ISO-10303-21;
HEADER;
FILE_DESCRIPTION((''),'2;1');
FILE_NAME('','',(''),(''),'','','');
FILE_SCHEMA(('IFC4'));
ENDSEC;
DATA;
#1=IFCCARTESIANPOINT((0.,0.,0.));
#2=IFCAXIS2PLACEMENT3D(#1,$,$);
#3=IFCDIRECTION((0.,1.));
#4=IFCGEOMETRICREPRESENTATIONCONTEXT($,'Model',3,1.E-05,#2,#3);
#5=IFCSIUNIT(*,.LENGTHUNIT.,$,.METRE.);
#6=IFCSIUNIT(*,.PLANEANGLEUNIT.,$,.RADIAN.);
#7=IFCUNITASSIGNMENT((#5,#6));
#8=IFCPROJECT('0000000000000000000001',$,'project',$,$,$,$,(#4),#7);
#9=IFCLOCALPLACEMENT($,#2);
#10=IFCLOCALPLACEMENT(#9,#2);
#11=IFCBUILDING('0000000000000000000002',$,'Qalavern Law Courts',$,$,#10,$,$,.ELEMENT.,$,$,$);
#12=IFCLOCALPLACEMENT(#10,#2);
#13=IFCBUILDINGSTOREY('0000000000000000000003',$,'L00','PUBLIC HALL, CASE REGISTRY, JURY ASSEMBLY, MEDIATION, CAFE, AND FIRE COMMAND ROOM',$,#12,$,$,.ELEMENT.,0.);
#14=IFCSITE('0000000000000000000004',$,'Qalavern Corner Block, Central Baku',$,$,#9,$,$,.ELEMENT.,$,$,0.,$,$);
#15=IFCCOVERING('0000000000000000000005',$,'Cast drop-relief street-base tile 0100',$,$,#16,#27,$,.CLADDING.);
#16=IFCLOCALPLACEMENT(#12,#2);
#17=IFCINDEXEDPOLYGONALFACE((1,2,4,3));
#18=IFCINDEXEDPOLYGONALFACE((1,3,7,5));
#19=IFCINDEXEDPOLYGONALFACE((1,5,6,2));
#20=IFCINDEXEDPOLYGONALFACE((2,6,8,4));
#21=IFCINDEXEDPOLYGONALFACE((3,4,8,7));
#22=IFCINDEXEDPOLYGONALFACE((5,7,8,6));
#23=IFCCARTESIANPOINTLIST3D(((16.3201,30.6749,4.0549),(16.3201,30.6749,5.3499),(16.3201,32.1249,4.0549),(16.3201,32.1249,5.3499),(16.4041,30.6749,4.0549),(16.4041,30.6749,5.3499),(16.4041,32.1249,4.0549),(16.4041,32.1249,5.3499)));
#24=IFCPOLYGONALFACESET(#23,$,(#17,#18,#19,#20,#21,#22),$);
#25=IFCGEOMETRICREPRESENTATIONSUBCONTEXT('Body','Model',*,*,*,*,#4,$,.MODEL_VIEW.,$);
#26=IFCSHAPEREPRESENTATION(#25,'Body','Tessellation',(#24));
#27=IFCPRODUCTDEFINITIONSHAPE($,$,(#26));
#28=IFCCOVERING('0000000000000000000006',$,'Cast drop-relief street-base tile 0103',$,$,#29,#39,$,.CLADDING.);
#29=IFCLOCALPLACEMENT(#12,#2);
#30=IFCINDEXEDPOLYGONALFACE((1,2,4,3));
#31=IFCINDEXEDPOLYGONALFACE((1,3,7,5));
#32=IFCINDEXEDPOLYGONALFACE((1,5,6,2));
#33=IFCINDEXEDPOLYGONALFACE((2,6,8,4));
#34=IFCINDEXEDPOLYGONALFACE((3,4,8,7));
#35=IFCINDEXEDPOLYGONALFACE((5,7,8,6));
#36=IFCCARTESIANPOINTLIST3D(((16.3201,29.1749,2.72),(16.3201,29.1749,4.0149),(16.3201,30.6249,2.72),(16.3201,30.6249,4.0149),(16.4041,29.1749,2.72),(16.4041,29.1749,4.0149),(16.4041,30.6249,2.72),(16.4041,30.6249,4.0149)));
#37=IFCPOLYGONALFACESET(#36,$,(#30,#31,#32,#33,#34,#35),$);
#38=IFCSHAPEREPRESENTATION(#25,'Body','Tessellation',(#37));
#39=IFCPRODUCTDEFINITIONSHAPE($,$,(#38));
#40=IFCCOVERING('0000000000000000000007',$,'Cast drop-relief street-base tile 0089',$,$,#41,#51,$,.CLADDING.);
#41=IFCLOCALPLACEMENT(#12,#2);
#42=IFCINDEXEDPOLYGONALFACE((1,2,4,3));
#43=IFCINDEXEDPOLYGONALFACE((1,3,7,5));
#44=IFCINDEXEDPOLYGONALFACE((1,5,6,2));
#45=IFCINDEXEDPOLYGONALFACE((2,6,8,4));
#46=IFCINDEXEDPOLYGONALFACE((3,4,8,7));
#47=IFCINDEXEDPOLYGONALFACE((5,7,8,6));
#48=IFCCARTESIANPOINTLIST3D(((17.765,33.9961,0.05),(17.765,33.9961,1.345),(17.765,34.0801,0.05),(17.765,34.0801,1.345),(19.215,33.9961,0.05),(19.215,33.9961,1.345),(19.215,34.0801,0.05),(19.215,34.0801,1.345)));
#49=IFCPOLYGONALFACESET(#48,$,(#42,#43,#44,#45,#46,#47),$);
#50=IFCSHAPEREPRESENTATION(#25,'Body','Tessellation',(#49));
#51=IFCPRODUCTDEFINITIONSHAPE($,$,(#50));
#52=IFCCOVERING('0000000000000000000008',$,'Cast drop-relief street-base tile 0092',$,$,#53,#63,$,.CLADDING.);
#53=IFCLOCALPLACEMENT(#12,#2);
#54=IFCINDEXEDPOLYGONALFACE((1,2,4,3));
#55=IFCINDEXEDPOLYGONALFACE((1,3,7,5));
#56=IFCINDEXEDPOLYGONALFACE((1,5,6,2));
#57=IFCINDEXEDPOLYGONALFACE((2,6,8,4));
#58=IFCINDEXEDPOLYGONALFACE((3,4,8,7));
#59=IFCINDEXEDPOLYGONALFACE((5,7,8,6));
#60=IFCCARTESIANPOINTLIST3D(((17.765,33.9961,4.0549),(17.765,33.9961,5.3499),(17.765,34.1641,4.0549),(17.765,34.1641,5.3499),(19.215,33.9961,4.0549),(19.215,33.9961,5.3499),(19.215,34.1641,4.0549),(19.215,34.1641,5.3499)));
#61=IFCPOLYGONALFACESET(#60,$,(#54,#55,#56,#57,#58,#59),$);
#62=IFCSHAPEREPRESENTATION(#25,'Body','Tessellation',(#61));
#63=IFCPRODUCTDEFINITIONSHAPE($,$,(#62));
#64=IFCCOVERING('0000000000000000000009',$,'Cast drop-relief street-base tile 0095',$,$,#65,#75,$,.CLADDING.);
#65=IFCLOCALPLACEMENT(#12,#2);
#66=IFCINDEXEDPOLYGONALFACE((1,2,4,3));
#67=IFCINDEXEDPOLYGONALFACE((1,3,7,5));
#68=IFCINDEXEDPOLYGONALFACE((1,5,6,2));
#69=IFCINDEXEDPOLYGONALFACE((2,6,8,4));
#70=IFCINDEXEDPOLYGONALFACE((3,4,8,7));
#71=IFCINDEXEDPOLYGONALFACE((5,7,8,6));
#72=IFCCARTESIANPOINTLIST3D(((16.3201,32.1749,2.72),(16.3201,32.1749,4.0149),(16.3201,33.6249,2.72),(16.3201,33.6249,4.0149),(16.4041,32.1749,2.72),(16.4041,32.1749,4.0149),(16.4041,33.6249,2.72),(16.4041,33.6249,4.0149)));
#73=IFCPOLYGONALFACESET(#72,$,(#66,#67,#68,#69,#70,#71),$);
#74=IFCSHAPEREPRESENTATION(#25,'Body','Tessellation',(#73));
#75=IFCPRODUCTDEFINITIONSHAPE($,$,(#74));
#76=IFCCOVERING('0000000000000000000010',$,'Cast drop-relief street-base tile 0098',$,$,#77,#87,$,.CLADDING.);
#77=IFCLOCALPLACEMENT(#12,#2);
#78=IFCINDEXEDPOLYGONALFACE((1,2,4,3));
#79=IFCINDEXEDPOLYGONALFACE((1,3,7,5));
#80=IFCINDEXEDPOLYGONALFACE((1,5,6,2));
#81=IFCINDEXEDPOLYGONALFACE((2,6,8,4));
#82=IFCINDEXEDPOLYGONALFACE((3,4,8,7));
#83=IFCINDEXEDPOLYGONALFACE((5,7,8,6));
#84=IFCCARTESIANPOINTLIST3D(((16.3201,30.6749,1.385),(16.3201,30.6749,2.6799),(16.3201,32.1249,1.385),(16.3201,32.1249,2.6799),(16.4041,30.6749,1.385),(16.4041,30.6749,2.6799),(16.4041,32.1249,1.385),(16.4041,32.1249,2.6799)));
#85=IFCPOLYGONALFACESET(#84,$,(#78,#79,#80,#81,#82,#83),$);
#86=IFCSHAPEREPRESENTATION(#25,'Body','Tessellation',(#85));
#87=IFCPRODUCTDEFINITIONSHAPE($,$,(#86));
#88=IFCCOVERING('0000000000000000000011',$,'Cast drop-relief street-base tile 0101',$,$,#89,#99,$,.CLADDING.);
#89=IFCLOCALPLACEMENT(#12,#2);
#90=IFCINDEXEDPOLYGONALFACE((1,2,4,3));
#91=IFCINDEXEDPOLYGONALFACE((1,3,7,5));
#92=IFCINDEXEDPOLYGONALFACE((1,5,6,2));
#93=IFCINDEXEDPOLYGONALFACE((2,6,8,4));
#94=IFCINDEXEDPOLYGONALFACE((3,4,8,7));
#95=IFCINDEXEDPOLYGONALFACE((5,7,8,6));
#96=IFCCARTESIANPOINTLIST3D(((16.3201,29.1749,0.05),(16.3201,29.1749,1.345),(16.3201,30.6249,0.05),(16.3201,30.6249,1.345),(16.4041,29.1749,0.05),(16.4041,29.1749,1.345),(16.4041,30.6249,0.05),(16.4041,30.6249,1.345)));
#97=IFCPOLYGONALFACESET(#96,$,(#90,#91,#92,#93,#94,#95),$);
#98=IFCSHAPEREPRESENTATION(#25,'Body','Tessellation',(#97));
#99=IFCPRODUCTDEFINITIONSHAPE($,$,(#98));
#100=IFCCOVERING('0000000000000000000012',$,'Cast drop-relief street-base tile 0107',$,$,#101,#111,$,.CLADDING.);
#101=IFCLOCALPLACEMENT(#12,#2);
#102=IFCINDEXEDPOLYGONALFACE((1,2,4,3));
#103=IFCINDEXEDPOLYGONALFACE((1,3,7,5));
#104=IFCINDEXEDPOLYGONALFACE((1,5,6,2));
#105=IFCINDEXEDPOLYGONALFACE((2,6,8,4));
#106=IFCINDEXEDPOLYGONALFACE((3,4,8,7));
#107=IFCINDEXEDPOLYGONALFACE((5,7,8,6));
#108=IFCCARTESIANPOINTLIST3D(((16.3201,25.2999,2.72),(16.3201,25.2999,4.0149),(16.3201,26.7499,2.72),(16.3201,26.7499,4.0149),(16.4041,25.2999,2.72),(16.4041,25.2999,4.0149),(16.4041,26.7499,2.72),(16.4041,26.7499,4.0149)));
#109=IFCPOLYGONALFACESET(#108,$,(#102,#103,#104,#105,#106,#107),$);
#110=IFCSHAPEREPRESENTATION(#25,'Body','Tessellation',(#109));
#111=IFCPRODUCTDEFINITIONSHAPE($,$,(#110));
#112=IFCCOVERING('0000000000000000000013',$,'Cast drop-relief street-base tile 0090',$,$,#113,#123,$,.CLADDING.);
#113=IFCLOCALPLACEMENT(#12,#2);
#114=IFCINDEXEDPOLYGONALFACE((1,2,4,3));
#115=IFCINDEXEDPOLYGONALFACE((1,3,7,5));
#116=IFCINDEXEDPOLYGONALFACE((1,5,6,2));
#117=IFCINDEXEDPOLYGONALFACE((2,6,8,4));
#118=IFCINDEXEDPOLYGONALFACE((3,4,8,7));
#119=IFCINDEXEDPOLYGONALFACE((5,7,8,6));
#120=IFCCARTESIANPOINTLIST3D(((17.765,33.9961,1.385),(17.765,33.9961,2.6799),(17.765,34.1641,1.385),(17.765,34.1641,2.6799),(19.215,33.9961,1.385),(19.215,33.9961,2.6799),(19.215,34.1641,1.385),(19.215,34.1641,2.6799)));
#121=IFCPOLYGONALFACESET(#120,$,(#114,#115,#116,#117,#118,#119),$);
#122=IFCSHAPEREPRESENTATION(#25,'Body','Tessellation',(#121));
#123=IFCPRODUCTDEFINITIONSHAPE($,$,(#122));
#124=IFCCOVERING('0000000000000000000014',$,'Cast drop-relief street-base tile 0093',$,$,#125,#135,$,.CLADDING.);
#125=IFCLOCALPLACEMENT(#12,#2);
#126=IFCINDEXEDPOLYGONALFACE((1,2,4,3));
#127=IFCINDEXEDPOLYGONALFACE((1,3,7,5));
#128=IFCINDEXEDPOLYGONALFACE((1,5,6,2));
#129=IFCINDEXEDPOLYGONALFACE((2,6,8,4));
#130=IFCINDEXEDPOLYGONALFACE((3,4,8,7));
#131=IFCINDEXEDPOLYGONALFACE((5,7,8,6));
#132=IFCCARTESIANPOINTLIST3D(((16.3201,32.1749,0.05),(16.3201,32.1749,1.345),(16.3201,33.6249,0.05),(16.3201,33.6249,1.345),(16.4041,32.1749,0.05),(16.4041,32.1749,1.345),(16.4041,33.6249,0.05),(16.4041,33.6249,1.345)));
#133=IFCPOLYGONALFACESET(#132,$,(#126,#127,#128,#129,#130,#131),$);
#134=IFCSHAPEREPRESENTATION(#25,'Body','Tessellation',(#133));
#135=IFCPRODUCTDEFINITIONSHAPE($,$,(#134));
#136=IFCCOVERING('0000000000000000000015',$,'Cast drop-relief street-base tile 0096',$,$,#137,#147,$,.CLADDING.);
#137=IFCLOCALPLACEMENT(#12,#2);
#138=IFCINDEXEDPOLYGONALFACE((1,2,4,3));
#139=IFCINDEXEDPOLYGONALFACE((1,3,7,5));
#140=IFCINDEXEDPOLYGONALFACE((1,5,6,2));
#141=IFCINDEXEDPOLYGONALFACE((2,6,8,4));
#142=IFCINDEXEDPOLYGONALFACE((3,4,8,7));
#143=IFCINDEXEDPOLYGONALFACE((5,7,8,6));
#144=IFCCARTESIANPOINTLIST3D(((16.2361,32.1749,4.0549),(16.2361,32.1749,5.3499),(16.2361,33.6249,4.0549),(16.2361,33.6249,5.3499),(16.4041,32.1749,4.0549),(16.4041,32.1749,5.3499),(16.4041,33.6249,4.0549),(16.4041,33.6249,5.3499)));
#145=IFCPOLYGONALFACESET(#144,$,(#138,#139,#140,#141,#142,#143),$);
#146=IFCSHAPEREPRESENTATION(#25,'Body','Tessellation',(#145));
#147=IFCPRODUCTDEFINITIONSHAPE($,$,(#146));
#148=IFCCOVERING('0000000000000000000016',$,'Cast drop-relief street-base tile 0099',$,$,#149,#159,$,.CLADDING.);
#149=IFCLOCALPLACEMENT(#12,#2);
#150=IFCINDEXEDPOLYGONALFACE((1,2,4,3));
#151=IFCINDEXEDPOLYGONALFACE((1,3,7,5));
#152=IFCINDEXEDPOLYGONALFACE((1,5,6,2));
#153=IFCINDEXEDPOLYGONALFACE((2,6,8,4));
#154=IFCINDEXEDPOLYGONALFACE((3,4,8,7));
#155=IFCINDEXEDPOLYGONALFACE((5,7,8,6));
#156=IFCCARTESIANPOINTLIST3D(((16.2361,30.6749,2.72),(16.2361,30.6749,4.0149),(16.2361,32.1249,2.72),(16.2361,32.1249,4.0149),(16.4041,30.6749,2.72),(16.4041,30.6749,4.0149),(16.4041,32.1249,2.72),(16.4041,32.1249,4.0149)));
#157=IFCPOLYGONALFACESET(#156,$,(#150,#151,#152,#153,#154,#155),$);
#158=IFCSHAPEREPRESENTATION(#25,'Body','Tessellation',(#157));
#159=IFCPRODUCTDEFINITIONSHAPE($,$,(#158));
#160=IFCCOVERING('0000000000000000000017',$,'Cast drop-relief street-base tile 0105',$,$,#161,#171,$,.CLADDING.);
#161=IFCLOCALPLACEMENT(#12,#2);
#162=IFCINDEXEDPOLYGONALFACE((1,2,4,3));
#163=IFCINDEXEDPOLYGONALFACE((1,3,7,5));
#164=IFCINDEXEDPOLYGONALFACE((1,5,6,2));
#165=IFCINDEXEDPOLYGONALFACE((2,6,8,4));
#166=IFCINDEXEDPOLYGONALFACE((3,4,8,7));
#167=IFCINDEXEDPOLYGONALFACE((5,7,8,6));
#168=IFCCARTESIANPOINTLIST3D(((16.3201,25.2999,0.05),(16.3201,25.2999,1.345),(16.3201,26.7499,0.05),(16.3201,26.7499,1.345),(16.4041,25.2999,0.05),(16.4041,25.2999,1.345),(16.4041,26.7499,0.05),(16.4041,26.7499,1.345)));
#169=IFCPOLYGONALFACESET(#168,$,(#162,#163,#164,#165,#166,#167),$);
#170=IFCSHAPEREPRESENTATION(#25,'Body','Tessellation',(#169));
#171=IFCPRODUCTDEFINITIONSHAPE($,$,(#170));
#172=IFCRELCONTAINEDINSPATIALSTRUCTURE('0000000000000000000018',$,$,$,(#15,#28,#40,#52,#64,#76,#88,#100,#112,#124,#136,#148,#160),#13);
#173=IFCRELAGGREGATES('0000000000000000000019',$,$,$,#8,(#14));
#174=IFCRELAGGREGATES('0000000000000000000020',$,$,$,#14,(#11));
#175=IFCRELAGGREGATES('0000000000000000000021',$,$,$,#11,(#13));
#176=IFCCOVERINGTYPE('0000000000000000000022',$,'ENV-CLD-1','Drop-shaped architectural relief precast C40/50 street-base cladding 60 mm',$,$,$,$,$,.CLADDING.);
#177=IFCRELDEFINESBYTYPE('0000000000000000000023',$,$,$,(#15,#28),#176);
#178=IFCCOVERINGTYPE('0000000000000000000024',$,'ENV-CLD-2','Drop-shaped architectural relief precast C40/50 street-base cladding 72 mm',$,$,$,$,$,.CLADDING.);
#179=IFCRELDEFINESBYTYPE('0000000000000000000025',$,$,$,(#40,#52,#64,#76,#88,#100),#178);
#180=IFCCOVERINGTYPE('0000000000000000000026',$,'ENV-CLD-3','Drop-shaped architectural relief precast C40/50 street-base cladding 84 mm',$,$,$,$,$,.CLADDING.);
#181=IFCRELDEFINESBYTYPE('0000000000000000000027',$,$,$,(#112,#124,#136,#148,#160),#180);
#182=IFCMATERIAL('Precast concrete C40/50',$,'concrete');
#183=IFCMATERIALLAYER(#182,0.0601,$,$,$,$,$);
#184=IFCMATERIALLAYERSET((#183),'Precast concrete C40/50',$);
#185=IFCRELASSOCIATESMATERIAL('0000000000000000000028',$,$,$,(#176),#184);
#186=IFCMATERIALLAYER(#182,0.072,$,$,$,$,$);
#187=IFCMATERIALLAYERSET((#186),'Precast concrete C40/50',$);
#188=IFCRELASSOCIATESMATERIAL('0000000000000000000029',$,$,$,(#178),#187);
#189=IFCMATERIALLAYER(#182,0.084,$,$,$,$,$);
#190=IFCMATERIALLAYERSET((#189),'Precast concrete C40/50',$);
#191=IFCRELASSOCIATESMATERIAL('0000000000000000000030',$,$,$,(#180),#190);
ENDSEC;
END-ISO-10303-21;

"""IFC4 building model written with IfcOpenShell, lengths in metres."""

from ifc_helpers import new_model, si_unit, direction, frame, origin, origin_2d, place, context, subcontext, project, spatial, rectangle, extrude, material, layer, layer_set, type_object, element, save


model = new_model("IFC4")

# Units and contexts
model_context = context("Model", 3, precision=1e-05, world=origin(), true_north=direction((0.0, 1.0)))
body_context = subcontext(model_context, "Body", "Model", "MODEL_VIEW")
ifc_project = project(units=[si_unit("LENGTHUNIT", "METRE"), si_unit("PLANEANGLEUNIT", "RADIAN")], contexts=[model_context])

# Site, building, storey
site_placement = place(None, origin())
site = spatial("IfcSite", under=ifc_project, at=site_placement, Name="Qalavern Corner Block, Central Baku", CompositionType="ELEMENT", RefElevation=0.0)
building_placement = place(site_placement, origin())
building = spatial("IfcBuilding", under=site, at=building_placement, Name="Qalavern Law Courts", CompositionType="ELEMENT")
storey_placement = place(building_placement, origin())
storey = spatial("IfcBuildingStorey", under=building, at=storey_placement, Name="L00", Description="PUBLIC HALL, CASE REGISTRY, JURY ASSEMBLY, MEDIATION, CAFE, AND FIRE COMMAND ROOM", CompositionType="ELEMENT", Elevation=0.0)

# Coverings
ifc_material_1 = material(Name="Precast concrete C40/50", Category="concrete")
ifc_layer_1 = layer(ifc_material_1, 0.0601)
ifc_layer_set_1 = layer_set([ifc_layer_1], Name="Precast concrete C40/50")
covering_type_1 = type_object("IfcCoveringType", Name="ENV-CLD-1", Description="Drop-shaped architectural relief precast C40/50 street-base cladding 60 mm", PredefinedType="CLADDING", material=ifc_layer_set_1)
for number, where, z_axis, x_axis, name in (
    (1, (16.3621, 31.3999, 4.0549), (0.0, 0.0, 1.0), (0.0, -1.0, 0.0), "Cast drop-relief street-base tile 0100"),
    (2, (16.3621, 29.8999, 2.72), (0.0, 0.0, 1.0), (0.0, -1.0, 0.0), "Cast drop-relief street-base tile 0103"),
):
    element("IfcCovering", number, at=place(storey_placement, frame(where, z_axis=z_axis, x_axis=x_axis)), inside=storey, type_object=covering_type_1, Name=name, PredefinedType="CLADDING", context=body_context, shape_type="SweptSolid", body=[
        extrude(rectangle(XDim=1.45, YDim=0.084, at=origin_2d()), origin(), (0.0, 0.0, 1.0), 1.2949),
    ])
ifc_layer_2 = layer(ifc_material_1, 0.072)
ifc_layer_set_2 = layer_set([ifc_layer_2], Name="Precast concrete C40/50")
covering_type_2 = type_object("IfcCoveringType", Name="ENV-CLD-2", Description="Drop-shaped architectural relief precast C40/50 street-base cladding 72 mm", PredefinedType="CLADDING", material=ifc_layer_set_2)
covering_1_placement = place(storey_placement, frame((18.49, 34.0381, 0.05), z_axis=(0.0, 0.0, 1.0), x_axis=(-1.0, 0.0, 0.0)))
element("IfcCovering", 3, at=covering_1_placement, inside=storey, type_object=covering_type_2, Name="Cast drop-relief street-base tile 0089", PredefinedType="CLADDING", context=body_context, shape_type="SweptSolid", body=[
    extrude(rectangle(XDim=1.45, YDim=0.084, at=origin_2d()), origin(), (0.0, 0.0, 1.0), 1.2949),
])
covering_2_placement = place(storey_placement, frame((18.49, 34.0801, 4.0549), z_axis=(0.0, 0.0, 1.0), x_axis=(-1.0, 0.0, 0.0)))
element("IfcCovering", 4, at=covering_2_placement, inside=storey, type_object=covering_type_2, Name="Cast drop-relief street-base tile 0092", PredefinedType="CLADDING", context=body_context, shape_type="SweptSolid", body=[
    extrude(rectangle(XDim=1.45, YDim=0.168, at=origin_2d()), origin(), (0.0, 0.0, 1.0), 1.2949),
])
for number, where, z_axis, x_axis, name in (
    (5, (16.3621, 32.8999, 2.72), (0.0, 0.0, 1.0), (0.0, -1.0, 0.0), "Cast drop-relief street-base tile 0095"),
    (6, (16.3621, 31.3999, 1.385), (0.0, 0.0, 1.0), (0.0, -1.0, 0.0), "Cast drop-relief street-base tile 0098"),
    (7, (16.3621, 29.8999, 0.05), (0.0, 0.0, 1.0), (0.0, -1.0, 0.0), "Cast drop-relief street-base tile 0101"),
    (8, (16.3621, 26.0249, 2.72), (0.0, 0.0, 1.0), (0.0, -1.0, 0.0), "Cast drop-relief street-base tile 0107"),
):
    element("IfcCovering", number, at=place(storey_placement, frame(where, z_axis=z_axis, x_axis=x_axis)), inside=storey, type_object=covering_type_2, Name=name, PredefinedType="CLADDING", context=body_context, shape_type="SweptSolid", body=[
        extrude(rectangle(XDim=1.45, YDim=0.084, at=origin_2d()), origin(), (0.0, 0.0, 1.0), 1.2949),
    ])
ifc_layer_3 = layer(ifc_material_1, 0.084)
ifc_layer_set_3 = layer_set([ifc_layer_3], Name="Precast concrete C40/50")
covering_type_3 = type_object("IfcCoveringType", Name="ENV-CLD-3", Description="Drop-shaped architectural relief precast C40/50 street-base cladding 84 mm", PredefinedType="CLADDING", material=ifc_layer_set_3)
covering_3_placement = place(storey_placement, frame((18.49, 34.0801, 1.385), z_axis=(0.0, 0.0, 1.0), x_axis=(-1.0, 0.0, 0.0)))
element("IfcCovering", 9, at=covering_3_placement, inside=storey, type_object=covering_type_3, Name="Cast drop-relief street-base tile 0090", PredefinedType="CLADDING", context=body_context, shape_type="SweptSolid", body=[
    extrude(rectangle(XDim=1.45, YDim=0.168, at=origin_2d()), origin(), (0.0, 0.0, 1.0), 1.2949),
])
covering_4_placement = place(storey_placement, frame((16.3621, 32.8999, 0.05), z_axis=(0.0, 0.0, 1.0), x_axis=(0.0, -1.0, 0.0)))
element("IfcCovering", 10, at=covering_4_placement, inside=storey, type_object=covering_type_3, Name="Cast drop-relief street-base tile 0093", PredefinedType="CLADDING", context=body_context, shape_type="SweptSolid", body=[
    extrude(rectangle(XDim=1.45, YDim=0.084, at=origin_2d()), origin(), (0.0, 0.0, 1.0), 1.2949),
])
for number, where, z_axis, x_axis, name in (
    (11, (16.3201, 32.8999, 4.0549), (0.0, 0.0, 1.0), (0.0, -1.0, 0.0), "Cast drop-relief street-base tile 0096"),
    (12, (16.3201, 31.3999, 2.72), (0.0, 0.0, 1.0), (0.0, -1.0, 0.0), "Cast drop-relief street-base tile 0099"),
):
    element("IfcCovering", number, at=place(storey_placement, frame(where, z_axis=z_axis, x_axis=x_axis)), inside=storey, type_object=covering_type_3, Name=name, PredefinedType="CLADDING", context=body_context, shape_type="SweptSolid", body=[
        extrude(rectangle(XDim=1.45, YDim=0.168, at=origin_2d()), origin(), (0.0, 0.0, 1.0), 1.2949),
    ])
covering_5_placement = place(storey_placement, frame((16.3621, 26.0249, 0.05), z_axis=(0.0, 0.0, 1.0), x_axis=(0.0, -1.0, 0.0)))
element("IfcCovering", 13, at=covering_5_placement, inside=storey, type_object=covering_type_3, Name="Cast drop-relief street-base tile 0105", PredefinedType="CLADDING", context=body_context, shape_type="SweptSolid", body=[
    extrude(rectangle(XDim=1.45, YDim=0.084, at=origin_2d()), origin(), (0.0, 0.0, 1.0), 1.2949),
])

save(model, "model.ifc")
